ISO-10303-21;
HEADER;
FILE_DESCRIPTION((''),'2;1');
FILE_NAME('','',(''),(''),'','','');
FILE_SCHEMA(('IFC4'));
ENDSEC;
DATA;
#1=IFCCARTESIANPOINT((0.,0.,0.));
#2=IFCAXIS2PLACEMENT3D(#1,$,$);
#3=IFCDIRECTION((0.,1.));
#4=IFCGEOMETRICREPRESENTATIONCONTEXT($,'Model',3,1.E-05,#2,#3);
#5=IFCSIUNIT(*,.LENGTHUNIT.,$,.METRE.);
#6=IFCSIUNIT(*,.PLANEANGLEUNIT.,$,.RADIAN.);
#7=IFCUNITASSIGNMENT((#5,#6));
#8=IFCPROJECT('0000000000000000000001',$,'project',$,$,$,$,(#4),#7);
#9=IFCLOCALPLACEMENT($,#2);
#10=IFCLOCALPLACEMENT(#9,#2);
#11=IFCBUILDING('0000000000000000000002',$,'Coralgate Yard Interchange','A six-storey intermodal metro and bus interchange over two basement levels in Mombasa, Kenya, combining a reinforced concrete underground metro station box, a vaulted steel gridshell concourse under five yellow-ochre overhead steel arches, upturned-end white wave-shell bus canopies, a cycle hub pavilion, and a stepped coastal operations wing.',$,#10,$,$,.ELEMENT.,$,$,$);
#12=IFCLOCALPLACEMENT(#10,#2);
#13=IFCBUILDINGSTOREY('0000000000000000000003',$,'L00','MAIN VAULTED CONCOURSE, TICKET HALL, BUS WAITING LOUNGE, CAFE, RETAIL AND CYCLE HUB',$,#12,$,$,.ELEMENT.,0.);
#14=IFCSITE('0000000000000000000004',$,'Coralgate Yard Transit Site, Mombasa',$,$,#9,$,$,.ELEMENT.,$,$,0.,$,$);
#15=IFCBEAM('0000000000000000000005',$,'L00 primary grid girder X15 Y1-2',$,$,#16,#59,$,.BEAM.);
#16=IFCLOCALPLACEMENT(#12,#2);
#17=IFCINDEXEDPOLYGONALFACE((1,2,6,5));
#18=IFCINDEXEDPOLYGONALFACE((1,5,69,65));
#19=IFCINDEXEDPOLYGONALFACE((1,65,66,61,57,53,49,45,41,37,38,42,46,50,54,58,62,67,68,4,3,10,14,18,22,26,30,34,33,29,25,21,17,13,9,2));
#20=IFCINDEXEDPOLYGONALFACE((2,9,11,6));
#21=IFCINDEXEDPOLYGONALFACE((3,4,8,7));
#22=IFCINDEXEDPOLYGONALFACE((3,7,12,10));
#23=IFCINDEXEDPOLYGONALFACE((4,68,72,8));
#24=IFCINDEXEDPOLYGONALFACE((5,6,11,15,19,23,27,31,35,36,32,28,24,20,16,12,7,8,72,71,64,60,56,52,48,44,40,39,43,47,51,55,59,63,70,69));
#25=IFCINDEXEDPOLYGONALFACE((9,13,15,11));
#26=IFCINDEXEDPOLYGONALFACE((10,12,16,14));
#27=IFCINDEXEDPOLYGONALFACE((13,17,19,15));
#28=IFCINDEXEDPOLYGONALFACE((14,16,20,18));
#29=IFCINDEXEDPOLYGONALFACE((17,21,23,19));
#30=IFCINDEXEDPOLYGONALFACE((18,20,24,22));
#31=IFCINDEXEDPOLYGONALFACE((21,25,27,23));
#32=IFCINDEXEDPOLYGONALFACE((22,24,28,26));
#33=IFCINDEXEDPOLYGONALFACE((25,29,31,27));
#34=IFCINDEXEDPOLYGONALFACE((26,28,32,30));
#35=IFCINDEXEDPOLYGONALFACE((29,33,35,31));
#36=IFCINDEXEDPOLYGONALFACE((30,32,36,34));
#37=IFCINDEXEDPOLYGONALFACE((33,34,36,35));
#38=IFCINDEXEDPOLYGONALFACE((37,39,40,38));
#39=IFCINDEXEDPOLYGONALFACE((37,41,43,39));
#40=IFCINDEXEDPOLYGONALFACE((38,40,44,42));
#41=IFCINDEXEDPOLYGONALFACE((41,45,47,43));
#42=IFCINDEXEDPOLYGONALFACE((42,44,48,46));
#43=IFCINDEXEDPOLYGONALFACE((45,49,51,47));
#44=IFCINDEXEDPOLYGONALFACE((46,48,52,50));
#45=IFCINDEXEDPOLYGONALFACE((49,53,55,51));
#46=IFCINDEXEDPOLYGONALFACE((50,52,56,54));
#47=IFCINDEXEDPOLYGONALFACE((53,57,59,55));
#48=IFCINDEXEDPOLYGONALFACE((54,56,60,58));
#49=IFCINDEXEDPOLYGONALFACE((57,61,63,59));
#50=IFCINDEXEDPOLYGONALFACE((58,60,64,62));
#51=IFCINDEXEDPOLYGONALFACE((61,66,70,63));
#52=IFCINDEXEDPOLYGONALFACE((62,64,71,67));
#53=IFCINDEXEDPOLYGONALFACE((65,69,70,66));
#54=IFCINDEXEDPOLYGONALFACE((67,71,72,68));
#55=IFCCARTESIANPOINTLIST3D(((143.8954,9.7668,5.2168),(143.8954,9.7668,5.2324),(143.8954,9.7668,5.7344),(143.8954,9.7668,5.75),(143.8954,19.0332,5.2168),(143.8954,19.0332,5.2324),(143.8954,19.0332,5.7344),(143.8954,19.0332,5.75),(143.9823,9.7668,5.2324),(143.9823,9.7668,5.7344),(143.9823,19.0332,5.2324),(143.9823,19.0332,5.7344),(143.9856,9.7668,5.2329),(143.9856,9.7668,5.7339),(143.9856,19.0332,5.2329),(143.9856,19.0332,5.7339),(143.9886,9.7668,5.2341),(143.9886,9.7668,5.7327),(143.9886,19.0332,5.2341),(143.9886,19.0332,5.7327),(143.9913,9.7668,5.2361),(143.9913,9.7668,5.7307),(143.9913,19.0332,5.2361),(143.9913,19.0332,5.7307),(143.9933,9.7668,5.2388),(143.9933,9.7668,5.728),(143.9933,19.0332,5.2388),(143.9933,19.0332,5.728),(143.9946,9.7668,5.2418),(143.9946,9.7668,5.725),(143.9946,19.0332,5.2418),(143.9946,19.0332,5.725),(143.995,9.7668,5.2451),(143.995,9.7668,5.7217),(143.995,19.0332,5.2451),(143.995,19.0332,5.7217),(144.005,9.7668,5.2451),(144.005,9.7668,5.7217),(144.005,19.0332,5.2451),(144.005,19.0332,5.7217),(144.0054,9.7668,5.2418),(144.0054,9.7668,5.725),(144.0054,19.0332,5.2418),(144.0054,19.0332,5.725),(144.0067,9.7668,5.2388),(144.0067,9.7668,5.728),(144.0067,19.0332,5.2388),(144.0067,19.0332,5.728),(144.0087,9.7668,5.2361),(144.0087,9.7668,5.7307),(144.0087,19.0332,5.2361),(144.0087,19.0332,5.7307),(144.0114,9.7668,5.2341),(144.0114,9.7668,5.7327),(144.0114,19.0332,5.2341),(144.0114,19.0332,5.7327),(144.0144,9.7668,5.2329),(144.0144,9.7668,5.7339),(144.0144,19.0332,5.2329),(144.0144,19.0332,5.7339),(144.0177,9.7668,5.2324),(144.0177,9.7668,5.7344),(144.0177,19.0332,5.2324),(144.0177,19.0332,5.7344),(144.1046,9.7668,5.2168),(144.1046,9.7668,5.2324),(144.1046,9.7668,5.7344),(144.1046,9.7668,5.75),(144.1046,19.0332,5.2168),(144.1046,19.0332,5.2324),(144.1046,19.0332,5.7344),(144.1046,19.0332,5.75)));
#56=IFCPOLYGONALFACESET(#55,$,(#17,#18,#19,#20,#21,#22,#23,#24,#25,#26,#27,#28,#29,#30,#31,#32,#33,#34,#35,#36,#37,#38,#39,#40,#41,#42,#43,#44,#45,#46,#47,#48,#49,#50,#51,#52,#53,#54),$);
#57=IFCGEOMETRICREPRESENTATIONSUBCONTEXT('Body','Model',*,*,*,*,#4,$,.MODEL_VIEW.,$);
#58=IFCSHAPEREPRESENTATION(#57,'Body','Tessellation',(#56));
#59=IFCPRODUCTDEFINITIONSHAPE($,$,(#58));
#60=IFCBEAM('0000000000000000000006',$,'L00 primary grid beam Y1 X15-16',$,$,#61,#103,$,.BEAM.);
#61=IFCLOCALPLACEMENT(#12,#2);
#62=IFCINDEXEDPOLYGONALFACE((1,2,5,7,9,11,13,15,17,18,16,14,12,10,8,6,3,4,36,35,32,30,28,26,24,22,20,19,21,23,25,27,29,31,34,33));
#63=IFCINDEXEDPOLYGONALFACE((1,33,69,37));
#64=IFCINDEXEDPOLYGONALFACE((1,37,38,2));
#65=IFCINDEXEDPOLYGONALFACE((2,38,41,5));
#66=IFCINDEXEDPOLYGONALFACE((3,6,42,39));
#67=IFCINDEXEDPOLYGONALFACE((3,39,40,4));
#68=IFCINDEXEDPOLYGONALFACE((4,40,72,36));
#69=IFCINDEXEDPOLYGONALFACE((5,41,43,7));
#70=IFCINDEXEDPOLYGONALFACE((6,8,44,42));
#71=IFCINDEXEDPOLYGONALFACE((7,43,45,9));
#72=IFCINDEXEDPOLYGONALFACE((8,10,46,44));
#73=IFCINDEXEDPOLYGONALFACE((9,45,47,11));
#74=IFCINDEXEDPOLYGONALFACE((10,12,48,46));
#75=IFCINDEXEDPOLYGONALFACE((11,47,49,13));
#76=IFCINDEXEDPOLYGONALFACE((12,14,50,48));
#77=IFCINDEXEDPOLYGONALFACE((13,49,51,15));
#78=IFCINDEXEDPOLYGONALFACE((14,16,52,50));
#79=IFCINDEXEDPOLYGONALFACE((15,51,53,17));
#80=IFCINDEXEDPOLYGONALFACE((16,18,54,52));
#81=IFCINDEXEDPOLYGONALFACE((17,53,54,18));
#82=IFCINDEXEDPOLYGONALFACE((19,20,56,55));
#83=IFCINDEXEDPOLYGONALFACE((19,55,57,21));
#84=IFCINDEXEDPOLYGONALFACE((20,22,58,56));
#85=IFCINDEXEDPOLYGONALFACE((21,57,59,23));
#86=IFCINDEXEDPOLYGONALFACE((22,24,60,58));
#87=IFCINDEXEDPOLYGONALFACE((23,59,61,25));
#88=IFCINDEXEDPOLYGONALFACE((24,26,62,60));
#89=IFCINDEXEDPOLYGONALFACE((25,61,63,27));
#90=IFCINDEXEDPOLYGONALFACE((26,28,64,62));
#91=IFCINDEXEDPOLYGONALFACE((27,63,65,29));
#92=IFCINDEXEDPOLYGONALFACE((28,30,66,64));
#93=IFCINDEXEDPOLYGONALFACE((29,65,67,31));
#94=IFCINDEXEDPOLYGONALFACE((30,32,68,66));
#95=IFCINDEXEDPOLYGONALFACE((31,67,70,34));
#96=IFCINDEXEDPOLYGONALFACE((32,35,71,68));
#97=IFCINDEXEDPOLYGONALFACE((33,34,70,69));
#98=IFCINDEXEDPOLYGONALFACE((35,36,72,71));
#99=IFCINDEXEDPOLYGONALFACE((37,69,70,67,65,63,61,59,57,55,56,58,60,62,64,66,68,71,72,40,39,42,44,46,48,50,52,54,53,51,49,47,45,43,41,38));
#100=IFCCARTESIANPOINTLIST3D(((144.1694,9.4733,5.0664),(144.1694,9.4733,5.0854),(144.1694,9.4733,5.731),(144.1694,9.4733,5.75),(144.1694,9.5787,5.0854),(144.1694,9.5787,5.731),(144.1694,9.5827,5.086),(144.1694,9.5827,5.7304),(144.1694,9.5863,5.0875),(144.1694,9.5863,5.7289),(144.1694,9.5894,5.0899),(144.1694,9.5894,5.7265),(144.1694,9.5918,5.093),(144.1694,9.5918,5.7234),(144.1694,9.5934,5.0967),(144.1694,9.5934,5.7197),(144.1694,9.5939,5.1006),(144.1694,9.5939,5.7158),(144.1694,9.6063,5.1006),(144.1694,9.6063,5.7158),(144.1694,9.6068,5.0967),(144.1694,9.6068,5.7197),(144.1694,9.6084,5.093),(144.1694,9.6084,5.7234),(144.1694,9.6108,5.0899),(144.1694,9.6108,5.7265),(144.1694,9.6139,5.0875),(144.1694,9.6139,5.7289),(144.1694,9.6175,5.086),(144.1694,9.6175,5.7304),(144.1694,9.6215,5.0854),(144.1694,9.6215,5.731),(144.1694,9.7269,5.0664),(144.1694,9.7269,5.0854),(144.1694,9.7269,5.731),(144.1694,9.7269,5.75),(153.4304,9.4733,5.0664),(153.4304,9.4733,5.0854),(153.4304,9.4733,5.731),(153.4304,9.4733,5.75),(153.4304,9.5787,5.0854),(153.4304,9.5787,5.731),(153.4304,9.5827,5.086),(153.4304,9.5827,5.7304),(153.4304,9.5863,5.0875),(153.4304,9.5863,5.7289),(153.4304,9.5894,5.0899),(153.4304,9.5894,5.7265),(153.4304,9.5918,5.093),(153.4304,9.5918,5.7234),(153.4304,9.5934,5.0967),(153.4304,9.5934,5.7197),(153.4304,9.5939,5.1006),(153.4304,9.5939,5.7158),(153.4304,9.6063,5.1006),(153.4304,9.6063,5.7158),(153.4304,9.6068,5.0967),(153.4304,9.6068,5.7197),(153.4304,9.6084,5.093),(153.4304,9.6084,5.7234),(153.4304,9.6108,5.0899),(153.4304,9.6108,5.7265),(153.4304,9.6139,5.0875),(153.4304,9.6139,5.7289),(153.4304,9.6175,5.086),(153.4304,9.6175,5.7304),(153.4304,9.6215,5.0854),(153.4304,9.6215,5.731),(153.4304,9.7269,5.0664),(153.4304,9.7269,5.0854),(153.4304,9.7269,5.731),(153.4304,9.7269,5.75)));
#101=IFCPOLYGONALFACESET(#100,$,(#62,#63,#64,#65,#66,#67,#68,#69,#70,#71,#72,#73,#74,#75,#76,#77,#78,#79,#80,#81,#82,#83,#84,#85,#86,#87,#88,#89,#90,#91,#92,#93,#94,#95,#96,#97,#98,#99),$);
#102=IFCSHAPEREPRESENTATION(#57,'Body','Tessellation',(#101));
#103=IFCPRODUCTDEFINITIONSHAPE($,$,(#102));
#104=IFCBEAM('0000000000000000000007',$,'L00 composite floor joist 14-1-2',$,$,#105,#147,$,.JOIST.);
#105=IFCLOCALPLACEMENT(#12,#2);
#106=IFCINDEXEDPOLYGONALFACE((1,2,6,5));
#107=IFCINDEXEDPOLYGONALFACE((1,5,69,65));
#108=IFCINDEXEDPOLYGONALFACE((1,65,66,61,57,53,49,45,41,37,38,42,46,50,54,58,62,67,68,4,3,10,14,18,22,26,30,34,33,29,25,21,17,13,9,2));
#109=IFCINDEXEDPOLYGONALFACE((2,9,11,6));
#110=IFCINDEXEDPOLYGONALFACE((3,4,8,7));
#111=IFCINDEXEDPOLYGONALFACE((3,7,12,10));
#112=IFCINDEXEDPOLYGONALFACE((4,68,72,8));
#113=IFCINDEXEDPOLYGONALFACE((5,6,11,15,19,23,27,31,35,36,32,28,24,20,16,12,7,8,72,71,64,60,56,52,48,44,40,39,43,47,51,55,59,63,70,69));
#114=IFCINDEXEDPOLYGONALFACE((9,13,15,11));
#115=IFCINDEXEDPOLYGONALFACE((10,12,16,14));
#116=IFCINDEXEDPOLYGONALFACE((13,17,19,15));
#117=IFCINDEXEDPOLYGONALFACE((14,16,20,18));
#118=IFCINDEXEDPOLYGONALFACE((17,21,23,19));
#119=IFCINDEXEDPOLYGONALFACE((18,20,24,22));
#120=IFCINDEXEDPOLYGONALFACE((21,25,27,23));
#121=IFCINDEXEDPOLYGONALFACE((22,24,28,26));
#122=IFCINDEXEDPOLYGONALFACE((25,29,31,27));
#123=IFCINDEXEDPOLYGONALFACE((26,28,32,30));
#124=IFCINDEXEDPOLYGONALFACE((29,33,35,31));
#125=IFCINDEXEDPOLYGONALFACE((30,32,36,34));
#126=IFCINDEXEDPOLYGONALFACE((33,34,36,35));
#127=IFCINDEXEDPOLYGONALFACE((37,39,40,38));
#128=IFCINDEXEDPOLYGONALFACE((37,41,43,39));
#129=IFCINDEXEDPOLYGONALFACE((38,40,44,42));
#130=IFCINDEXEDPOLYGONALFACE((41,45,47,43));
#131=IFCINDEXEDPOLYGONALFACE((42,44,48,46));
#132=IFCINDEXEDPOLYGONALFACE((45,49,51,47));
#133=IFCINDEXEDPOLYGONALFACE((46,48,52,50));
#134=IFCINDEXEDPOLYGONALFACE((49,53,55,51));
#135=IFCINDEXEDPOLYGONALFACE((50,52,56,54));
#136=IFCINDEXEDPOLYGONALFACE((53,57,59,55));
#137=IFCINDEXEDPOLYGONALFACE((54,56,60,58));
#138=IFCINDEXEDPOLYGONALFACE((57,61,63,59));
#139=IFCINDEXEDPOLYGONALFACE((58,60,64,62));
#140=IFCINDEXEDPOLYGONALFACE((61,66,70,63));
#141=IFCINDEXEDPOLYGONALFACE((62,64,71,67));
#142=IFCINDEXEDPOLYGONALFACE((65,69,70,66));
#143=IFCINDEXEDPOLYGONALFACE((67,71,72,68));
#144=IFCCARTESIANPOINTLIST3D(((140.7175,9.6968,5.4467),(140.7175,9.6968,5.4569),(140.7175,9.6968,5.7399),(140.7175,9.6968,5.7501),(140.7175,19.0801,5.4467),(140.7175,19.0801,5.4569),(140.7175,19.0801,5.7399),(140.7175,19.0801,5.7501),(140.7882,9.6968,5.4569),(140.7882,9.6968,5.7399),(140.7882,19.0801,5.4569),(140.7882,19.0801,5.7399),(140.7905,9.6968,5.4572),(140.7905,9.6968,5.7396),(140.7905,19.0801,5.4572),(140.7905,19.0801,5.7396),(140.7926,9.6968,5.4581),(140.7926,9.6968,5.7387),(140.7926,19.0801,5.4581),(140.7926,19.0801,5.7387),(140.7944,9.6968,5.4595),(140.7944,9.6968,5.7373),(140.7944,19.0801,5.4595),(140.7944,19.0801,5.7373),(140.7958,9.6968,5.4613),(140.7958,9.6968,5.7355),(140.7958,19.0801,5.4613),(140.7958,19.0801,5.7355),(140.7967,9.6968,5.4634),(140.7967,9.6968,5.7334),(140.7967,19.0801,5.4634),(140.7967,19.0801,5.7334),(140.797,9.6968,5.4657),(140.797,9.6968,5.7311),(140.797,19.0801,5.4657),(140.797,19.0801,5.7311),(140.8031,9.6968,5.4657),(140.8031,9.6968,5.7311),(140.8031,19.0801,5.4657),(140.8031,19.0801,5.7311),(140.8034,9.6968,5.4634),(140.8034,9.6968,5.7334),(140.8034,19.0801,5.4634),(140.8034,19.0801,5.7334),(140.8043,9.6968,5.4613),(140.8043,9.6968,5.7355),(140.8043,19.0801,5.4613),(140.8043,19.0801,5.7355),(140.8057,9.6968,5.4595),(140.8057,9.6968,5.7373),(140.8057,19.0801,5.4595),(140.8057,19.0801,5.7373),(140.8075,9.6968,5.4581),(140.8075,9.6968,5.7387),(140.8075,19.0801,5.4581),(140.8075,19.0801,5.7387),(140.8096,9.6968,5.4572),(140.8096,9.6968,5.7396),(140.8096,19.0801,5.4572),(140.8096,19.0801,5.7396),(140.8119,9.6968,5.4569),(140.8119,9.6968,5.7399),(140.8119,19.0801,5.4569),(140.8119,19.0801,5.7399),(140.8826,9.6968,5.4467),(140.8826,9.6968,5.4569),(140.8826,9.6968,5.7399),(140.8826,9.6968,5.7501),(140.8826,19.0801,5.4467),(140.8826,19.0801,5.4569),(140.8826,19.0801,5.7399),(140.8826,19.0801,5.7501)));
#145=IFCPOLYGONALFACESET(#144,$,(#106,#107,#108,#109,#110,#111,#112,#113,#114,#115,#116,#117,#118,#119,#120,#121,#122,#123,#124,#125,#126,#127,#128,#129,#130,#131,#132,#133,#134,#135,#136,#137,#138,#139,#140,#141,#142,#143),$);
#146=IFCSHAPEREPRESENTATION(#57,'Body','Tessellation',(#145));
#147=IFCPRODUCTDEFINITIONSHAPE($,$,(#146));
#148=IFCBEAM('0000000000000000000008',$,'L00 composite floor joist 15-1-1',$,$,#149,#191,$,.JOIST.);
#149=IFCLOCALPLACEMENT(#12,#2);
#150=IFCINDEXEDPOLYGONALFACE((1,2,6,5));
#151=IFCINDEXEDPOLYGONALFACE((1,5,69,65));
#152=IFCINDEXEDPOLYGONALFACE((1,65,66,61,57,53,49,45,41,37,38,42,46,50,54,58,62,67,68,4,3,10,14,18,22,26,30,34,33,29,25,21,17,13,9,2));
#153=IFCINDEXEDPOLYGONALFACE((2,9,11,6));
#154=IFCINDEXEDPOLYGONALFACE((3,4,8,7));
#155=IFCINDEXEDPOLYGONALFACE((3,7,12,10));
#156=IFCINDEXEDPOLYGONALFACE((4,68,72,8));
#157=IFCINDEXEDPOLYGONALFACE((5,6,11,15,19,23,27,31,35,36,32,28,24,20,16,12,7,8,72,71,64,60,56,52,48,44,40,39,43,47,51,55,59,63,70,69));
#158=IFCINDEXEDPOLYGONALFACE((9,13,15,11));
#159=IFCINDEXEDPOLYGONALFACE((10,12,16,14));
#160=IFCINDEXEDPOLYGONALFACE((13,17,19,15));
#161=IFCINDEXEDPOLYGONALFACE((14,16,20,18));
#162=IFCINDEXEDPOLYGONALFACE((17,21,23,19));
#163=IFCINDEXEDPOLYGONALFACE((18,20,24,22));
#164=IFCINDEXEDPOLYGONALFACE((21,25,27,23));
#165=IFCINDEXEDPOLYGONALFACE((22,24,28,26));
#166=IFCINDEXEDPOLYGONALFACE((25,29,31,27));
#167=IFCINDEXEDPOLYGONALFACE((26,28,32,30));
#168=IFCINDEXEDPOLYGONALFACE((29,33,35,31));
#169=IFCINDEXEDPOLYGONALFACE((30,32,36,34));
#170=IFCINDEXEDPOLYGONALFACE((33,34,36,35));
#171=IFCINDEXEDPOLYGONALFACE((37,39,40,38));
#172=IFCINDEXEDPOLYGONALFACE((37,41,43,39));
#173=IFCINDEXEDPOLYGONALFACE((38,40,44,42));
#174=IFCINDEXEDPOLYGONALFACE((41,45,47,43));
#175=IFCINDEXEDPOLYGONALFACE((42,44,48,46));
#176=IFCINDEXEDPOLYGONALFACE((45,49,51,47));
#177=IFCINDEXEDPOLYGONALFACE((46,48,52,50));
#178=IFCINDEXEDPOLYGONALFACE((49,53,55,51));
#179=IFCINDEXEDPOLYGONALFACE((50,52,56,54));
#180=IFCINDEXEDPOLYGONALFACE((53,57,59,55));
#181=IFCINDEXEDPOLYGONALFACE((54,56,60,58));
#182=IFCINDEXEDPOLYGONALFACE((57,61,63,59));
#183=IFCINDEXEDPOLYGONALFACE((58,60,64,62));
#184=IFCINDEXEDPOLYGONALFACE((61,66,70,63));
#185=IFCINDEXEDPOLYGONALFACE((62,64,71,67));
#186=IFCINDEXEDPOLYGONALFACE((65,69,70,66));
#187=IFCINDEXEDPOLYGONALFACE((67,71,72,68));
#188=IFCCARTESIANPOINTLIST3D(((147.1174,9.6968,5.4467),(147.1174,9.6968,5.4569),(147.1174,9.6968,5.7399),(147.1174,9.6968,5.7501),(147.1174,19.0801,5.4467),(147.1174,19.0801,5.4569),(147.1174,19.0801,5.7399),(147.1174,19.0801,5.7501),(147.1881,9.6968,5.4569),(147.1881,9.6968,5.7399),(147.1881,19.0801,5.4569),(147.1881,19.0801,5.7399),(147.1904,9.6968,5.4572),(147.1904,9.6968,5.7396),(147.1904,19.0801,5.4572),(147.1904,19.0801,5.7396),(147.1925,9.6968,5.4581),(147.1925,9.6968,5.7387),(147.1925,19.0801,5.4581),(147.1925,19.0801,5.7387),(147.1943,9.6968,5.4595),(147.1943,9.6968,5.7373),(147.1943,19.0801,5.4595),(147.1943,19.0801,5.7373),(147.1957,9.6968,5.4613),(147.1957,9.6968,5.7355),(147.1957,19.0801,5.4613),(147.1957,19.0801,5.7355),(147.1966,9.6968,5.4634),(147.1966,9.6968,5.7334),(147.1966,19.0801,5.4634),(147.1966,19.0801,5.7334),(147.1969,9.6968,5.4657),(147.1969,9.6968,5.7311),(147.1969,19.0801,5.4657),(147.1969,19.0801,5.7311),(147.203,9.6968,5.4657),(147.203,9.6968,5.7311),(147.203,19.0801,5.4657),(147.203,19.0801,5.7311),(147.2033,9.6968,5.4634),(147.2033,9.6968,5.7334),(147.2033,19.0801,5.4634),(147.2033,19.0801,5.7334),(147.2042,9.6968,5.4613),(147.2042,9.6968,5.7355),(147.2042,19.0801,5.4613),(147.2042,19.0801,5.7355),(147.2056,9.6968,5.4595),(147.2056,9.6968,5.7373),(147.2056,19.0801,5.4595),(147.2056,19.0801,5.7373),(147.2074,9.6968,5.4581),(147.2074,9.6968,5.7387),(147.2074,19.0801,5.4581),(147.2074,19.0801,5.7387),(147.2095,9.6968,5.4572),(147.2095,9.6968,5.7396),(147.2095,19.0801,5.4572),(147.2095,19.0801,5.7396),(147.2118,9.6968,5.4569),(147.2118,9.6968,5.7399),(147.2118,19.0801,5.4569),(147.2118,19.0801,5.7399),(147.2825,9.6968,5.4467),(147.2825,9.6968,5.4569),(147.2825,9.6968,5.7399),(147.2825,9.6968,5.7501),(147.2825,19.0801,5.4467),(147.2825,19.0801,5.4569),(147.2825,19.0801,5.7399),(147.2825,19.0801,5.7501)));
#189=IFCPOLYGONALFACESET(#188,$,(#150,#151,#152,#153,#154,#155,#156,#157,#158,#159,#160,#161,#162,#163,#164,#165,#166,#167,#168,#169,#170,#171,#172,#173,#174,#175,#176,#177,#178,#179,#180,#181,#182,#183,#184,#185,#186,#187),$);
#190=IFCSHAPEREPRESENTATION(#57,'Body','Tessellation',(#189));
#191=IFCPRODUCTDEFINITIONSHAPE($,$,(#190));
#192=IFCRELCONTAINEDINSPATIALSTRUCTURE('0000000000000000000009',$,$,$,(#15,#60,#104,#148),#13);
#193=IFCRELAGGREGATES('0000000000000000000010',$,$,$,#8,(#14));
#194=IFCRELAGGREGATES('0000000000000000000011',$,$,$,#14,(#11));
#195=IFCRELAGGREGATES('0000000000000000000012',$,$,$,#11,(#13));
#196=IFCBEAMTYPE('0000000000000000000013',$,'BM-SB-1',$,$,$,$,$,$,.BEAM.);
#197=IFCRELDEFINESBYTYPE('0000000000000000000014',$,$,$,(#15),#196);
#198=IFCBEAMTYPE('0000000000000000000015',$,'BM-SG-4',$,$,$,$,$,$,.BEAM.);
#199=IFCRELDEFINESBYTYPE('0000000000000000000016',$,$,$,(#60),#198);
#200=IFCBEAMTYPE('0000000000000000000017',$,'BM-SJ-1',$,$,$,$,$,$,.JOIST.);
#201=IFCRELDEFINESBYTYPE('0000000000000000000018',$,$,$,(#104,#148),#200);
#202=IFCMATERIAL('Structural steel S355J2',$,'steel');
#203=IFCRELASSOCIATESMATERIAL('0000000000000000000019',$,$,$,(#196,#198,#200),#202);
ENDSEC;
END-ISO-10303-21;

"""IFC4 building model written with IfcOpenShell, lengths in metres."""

from ifc_helpers import new_model, si_unit, direction, frame, origin, origin_2d, place, context, subcontext, project, spatial, i_section, extrude, material, material_profile, profile_set, type_object, element, save


model = new_model("IFC4")

# Units and contexts
model_context = context("Model", 3, precision=1e-05, world=origin(), true_north=direction((0.0, 1.0)))
body_context = subcontext(model_context, "Body", "Model", "MODEL_VIEW")
ifc_project = project(units=[si_unit("LENGTHUNIT", "METRE"), si_unit("PLANEANGLEUNIT", "RADIAN")], contexts=[model_context])

# Site, building, storey
site_placement = place(None, origin())
site = spatial("IfcSite", under=ifc_project, at=site_placement, Name="Coralgate Yard Transit Site, Mombasa", CompositionType="ELEMENT", RefElevation=0.0)
building_placement = place(site_placement, origin())
building = spatial("IfcBuilding", under=site, at=building_placement, Name="Coralgate Yard Interchange", Description="A six-storey intermodal metro and bus interchange over two basement levels in Mombasa, Kenya, combining a reinforced concrete underground metro station box, a vaulted steel gridshell concourse under five yellow-ochre overhead steel arches, upturned-end white wave-shell bus canopies, a cycle hub pavilion, and a stepped coastal operations wing.", CompositionType="ELEMENT")
storey_placement = place(building_placement, origin())
storey = spatial("IfcBuildingStorey", under=building, at=storey_placement, Name="L00", Description="MAIN VAULTED CONCOURSE, TICKET HALL, BUS WAITING LOUNGE, CAFE, RETAIL AND CYCLE HUB", CompositionType="ELEMENT", Elevation=0.0)

# Shared definitions
ifc_material_1 = material(Name="Structural steel S355J2", Category="steel")

# Beams
ifc_material_profile_1 = material_profile(ifc_material_1, i_section(OverallWidth=0.2092, OverallDepth=0.5332, WebThickness=0.01, FlangeThickness=0.0156, FilletRadius=0.0127, at=origin_2d()), Name="UB 533x210x92")
ifc_profile_set_1 = profile_set([ifc_material_profile_1], Name="Structural steel S355J2")
beam_type_1 = type_object("IfcBeamType", Name="BM-SB-1", PredefinedType="BEAM", material=ifc_profile_set_1)
beam_1_placement = place(storey_placement, frame((144.0, 9.7668, 5.4834), z_axis=(0.0, 1.0, 0.0), x_axis=(-1.0, 0.0, 0.0)))
element("IfcBeam", 1, at=beam_1_placement, inside=storey, type_object=beam_type_1, Name="L00 primary grid girder X15 Y1-2", PredefinedType="BEAM", context=body_context, shape_type="SweptSolid", body=[
    extrude(i_section(OverallWidth=0.2092, OverallDepth=0.5332, WebThickness=0.01, FlangeThickness=0.0156, FilletRadius=0.0127, at=origin_2d()), origin(), (0.0, 0.0, 1.0), 9.2664),
])
ifc_material_profile_2 = material_profile(ifc_material_1, i_section(OverallWidth=0.2537, OverallDepth=0.6836, WebThickness=0.0125, FlangeThickness=0.019, FilletRadius=0.0151, at=origin_2d()), Name="UB 686x254x140")
ifc_profile_set_2 = profile_set([ifc_material_profile_2], Name="Structural steel S355J2")
beam_type_2 = type_object("IfcBeamType", Name="BM-SG-4", PredefinedType="BEAM", material=ifc_profile_set_2)
beam_2_placement = place(storey_placement, frame((144.1694, 9.6001, 5.4082), z_axis=(1.0, 0.0, 0.0), x_axis=(0.0, 1.0, 0.0)))
element("IfcBeam", 2, at=beam_2_placement, inside=storey, type_object=beam_type_2, Name="L00 primary grid beam Y1 X15-16", PredefinedType="BEAM", context=body_context, shape_type="SweptSolid", body=[
    extrude(i_section(OverallWidth=0.2537, OverallDepth=0.6836, WebThickness=0.0125, FlangeThickness=0.019, FilletRadius=0.0151, at=origin_2d()), origin(), (0.0, 0.0, 1.0), 9.261),
])
ifc_material_profile_3 = material_profile(ifc_material_1, i_section(OverallWidth=0.165, OverallDepth=0.3035, WebThickness=0.0061, FlangeThickness=0.0103, FilletRadius=0.0088, at=origin_2d()), Name="UB 305x165x40")
ifc_profile_set_3 = profile_set([ifc_material_profile_3], Name="Structural steel S355J2")
beam_type_3 = type_object("IfcBeamType", Name="BM-SJ-1", PredefinedType="JOIST", material=ifc_profile_set_3)
for number, where, z_axis, x_axis, name in (
    (3, (140.8, 9.6968, 5.5984), (0.0, 1.0, 0.0), (-1.0, 0.0, 0.0), "L00 composite floor joist 14-1-2"),
    (4, (147.2, 9.6968, 5.5984), (0.0, 1.0, 0.0), (-1.0, 0.0, 0.0), "L00 composite floor joist 15-1-1"),
):
    element("IfcBeam", number, at=place(storey_placement, frame(where, z_axis=z_axis, x_axis=x_axis)), inside=storey, type_object=beam_type_3, Name=name, PredefinedType="JOIST", context=body_context, shape_type="SweptSolid", body=[
        extrude(i_section(OverallWidth=0.165, OverallDepth=0.3035, WebThickness=0.0061, FlangeThickness=0.0103, FilletRadius=0.0088, at=origin_2d()), origin(), (0.0, 0.0, 1.0), 9.3833),
    ])

save(model, "model.ifc")
